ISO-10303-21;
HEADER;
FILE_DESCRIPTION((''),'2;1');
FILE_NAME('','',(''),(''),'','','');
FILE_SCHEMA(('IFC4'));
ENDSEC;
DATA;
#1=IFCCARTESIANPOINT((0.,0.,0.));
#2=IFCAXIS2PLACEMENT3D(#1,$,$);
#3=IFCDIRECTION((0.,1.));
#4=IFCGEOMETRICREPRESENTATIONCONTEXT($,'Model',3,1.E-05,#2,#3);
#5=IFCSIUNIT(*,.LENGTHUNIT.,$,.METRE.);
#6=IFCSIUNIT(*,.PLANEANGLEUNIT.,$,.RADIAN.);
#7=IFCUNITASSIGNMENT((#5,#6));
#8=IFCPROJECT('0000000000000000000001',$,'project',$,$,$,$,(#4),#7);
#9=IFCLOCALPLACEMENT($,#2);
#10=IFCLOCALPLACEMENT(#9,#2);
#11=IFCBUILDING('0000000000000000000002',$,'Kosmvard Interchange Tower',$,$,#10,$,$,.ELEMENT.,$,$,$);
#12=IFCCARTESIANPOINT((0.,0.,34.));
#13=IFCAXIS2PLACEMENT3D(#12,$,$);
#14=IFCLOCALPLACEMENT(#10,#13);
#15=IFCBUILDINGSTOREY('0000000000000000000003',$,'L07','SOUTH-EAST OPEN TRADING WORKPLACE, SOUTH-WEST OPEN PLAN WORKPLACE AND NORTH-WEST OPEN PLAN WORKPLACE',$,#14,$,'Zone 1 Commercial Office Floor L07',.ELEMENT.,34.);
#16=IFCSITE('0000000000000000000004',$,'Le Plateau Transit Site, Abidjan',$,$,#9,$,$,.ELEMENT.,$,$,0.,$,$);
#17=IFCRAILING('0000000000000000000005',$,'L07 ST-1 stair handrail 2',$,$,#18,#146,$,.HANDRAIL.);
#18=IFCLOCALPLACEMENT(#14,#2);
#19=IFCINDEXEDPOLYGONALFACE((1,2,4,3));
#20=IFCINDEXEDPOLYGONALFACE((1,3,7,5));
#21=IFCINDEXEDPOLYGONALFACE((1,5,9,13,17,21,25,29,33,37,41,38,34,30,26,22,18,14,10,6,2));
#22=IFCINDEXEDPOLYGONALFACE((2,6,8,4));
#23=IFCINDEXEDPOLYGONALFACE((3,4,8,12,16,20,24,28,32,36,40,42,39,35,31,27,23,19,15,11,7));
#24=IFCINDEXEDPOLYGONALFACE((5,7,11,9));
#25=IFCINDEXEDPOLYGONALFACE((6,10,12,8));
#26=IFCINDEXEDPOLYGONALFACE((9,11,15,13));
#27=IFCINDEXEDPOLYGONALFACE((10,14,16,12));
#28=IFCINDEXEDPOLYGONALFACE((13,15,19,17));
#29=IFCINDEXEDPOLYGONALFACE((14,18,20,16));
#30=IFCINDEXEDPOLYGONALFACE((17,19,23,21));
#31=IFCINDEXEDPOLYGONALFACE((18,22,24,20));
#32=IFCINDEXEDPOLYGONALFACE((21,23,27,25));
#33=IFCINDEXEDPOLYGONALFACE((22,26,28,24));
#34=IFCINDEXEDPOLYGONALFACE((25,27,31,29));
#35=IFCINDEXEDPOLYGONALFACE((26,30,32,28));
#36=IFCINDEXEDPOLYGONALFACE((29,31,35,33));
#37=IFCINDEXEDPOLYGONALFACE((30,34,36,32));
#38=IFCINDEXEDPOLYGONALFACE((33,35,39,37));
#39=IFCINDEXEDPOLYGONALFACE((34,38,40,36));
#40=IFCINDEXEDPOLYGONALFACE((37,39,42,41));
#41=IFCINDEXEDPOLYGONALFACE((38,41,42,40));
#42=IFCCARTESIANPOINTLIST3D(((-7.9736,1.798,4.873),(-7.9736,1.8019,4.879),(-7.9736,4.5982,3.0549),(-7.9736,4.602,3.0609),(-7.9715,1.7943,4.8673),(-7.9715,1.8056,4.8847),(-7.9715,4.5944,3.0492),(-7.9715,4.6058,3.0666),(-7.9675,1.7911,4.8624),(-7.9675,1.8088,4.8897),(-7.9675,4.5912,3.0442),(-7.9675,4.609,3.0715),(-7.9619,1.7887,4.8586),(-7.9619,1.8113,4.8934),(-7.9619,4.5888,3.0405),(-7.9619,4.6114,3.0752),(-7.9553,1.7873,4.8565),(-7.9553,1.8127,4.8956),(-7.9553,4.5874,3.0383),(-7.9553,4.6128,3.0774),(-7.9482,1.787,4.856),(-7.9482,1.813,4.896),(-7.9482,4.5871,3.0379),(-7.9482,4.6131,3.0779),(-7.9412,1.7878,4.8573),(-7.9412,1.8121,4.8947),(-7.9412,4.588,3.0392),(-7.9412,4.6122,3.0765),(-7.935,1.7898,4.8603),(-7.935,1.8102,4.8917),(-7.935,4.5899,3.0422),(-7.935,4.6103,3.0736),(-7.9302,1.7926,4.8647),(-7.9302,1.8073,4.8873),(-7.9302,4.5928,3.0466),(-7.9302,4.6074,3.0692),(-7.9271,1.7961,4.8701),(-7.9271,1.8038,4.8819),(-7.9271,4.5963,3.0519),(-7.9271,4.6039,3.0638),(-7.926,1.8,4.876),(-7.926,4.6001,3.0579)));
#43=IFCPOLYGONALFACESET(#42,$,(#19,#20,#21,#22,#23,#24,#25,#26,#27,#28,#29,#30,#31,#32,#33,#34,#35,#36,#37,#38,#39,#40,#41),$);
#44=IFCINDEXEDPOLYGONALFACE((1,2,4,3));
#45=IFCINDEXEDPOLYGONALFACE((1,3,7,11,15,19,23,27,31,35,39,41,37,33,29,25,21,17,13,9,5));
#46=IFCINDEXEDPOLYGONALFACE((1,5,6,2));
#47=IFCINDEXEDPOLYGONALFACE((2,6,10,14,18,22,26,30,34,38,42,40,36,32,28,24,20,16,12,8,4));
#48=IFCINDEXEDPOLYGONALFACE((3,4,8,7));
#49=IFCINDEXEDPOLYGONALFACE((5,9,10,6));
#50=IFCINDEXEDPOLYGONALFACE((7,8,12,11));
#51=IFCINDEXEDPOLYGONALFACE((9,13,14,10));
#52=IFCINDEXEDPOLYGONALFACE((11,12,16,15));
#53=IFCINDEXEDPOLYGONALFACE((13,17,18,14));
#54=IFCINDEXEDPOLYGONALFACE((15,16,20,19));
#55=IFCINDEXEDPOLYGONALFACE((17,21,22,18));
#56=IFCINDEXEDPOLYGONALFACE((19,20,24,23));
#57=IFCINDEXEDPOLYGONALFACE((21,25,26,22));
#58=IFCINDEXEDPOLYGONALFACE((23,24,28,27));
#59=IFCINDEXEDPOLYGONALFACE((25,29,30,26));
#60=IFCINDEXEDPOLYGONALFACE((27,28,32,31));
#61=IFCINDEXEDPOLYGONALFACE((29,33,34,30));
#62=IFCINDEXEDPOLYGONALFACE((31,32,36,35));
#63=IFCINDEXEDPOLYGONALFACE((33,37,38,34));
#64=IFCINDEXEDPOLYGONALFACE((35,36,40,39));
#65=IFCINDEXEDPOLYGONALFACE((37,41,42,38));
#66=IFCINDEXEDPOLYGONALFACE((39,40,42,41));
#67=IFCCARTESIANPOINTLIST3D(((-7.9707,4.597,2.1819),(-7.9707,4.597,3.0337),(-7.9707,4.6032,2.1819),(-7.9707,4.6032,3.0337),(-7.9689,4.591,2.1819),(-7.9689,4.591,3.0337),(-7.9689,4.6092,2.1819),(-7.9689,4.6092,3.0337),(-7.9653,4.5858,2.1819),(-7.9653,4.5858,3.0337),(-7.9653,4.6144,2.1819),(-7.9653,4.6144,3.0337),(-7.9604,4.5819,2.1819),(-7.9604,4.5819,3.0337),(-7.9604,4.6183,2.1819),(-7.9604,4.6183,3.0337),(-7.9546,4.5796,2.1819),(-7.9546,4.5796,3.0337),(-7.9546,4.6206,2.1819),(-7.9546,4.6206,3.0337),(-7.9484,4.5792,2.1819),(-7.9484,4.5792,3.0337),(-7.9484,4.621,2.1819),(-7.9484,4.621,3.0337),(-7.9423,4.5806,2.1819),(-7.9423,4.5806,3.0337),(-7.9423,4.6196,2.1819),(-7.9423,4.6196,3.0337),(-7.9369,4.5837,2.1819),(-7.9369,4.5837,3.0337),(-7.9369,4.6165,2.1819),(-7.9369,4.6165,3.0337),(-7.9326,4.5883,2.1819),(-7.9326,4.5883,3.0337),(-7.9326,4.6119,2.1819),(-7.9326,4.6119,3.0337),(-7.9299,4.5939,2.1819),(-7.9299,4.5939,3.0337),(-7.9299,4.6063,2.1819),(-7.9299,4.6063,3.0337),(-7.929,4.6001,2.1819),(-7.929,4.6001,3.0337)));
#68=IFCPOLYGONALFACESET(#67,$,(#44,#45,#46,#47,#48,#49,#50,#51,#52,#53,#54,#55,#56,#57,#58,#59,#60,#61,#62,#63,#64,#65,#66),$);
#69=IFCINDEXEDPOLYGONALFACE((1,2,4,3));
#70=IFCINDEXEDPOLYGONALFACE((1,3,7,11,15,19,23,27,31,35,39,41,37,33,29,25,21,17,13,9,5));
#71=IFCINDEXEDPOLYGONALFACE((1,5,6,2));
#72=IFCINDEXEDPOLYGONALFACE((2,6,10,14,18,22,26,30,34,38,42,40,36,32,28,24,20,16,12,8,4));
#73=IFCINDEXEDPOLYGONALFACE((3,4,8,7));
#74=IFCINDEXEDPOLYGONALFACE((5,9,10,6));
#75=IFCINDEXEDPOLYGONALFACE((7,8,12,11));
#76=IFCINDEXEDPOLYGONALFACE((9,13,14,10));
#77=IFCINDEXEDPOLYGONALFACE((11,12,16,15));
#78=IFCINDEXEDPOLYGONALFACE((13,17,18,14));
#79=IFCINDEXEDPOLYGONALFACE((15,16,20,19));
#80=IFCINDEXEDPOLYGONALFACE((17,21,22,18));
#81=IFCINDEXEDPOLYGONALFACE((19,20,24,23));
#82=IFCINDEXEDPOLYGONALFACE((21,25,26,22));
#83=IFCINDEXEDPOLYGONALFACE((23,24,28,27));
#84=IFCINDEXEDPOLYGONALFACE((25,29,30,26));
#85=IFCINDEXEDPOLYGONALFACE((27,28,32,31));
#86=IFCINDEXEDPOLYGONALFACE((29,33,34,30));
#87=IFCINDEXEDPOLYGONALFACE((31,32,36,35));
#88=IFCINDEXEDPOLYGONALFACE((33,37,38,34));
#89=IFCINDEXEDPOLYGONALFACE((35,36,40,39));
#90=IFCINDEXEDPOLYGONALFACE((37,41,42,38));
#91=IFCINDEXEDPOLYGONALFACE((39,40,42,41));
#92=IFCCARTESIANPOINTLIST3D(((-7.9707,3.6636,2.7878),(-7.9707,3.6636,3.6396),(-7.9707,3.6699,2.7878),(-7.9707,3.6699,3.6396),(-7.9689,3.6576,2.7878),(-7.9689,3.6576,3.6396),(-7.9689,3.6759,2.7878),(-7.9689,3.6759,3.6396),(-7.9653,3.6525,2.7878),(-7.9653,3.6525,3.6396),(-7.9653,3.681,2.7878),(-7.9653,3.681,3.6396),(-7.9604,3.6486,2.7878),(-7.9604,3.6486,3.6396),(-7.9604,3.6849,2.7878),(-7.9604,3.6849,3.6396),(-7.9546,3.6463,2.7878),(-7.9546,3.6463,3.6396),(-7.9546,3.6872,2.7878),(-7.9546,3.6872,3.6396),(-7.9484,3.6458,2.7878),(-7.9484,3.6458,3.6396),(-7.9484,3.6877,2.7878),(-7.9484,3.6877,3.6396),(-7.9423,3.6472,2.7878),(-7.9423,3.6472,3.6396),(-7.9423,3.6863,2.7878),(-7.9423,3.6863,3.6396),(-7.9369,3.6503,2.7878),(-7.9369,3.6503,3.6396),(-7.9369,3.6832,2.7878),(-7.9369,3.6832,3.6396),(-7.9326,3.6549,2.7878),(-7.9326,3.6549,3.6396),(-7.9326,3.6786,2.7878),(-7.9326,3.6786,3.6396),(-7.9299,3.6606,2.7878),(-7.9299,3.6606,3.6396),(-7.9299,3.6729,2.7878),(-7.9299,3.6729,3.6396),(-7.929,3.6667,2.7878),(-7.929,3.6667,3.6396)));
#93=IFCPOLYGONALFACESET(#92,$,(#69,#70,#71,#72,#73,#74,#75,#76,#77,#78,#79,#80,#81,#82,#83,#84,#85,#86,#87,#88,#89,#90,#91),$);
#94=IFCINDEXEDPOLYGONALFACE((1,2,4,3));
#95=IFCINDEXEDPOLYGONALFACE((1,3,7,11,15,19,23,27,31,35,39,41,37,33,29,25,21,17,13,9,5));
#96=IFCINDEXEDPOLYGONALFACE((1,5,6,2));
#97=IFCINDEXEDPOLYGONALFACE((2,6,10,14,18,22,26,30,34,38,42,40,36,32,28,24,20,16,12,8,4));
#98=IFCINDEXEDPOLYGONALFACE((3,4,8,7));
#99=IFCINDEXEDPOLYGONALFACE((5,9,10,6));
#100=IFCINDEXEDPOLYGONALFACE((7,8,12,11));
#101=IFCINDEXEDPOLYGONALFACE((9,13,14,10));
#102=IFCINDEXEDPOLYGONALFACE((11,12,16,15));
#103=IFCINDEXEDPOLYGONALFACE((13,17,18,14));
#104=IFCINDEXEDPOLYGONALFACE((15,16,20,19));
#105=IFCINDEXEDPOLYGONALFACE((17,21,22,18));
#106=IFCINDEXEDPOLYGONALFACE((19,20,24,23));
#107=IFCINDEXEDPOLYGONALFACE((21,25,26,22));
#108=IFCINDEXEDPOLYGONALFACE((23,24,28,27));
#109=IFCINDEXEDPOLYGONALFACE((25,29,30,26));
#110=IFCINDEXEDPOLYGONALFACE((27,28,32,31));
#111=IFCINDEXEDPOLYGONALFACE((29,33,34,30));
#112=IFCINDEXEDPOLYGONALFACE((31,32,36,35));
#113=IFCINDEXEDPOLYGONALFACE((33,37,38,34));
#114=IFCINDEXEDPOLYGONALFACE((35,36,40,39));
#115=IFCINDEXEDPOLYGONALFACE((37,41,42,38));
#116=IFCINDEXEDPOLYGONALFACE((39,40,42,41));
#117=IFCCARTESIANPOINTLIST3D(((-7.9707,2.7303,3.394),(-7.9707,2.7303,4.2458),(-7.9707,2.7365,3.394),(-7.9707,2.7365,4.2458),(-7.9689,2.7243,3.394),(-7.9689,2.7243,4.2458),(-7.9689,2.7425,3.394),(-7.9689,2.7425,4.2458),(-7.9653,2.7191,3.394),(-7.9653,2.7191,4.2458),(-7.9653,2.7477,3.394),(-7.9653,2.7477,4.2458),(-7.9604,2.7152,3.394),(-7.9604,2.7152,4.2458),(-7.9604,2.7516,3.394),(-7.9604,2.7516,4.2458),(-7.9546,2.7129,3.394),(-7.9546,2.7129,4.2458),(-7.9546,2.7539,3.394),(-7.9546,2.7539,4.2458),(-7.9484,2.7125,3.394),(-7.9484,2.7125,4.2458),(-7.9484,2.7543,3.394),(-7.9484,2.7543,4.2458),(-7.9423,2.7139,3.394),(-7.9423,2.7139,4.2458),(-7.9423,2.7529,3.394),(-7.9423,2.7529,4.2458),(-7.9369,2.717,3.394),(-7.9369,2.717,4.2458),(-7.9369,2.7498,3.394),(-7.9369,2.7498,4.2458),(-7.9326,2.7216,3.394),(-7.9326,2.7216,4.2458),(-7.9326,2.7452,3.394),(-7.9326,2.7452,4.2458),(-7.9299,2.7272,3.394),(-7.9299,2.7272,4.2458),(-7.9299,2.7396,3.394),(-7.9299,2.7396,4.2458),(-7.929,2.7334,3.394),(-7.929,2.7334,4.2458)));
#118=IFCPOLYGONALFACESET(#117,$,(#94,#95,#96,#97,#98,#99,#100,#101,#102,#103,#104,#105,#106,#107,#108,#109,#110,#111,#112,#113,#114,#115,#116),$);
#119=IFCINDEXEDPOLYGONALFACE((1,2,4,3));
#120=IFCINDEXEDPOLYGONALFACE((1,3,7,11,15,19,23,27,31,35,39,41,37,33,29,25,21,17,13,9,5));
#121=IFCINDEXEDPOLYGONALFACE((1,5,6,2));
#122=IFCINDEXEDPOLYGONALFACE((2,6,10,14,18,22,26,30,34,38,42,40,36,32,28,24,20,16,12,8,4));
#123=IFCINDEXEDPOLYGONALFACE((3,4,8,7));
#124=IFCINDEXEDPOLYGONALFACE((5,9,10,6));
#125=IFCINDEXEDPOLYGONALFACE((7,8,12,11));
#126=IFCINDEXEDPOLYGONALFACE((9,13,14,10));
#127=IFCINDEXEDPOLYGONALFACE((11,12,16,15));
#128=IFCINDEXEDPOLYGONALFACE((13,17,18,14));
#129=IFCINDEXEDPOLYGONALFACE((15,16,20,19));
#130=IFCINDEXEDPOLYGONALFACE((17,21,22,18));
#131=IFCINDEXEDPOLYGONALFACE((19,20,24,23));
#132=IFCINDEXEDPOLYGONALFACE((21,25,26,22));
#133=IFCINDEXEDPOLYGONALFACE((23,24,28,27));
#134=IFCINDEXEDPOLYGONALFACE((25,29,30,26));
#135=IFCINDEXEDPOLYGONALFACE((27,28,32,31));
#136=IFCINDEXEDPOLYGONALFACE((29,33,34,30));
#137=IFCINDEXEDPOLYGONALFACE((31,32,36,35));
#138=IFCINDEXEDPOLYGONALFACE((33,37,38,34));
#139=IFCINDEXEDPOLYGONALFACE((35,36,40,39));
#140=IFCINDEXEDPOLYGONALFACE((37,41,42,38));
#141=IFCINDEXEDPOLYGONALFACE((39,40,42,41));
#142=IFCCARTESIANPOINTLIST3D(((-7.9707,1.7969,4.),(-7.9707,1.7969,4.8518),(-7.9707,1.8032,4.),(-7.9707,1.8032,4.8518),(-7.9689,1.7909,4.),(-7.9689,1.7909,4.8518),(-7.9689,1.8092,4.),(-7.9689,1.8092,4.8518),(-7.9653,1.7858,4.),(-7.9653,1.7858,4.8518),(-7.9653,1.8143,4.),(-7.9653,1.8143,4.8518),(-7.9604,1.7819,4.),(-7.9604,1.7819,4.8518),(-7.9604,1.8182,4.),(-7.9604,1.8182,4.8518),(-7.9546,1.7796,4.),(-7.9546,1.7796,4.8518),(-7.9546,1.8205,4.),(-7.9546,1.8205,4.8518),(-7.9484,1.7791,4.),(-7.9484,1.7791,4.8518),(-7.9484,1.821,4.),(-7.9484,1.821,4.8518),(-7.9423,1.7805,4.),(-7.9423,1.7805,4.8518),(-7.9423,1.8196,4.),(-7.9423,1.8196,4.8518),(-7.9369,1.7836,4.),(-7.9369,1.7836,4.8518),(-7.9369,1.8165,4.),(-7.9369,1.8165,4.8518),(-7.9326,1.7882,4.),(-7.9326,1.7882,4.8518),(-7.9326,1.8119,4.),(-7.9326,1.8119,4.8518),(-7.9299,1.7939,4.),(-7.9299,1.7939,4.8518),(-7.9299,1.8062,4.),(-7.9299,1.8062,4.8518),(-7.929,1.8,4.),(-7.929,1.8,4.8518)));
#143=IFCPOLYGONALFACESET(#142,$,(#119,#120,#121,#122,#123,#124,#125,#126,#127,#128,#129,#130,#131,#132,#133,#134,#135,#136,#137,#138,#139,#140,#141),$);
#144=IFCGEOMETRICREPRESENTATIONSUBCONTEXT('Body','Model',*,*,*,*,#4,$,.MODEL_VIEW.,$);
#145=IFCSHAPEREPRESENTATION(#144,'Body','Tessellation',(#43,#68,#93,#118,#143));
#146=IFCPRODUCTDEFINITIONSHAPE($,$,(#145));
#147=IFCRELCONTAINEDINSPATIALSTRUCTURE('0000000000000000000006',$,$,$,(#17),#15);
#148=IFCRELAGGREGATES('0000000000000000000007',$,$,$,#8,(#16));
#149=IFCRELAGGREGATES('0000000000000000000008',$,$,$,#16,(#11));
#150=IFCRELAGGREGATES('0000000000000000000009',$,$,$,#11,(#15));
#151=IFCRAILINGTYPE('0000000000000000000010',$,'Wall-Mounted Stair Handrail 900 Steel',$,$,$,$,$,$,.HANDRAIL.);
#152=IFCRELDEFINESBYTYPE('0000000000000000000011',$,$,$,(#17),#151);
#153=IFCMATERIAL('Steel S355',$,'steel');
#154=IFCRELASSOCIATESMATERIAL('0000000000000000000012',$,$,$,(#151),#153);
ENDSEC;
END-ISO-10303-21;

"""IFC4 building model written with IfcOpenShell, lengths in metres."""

from ifc_helpers import new_model, si_unit, direction, frame, origin, origin_2d, place, context, subcontext, project, spatial, circle, extrude, source, transform, mapped, material, type_object, element, save


model = new_model("IFC4")

# Units and contexts
model_context = context("Model", 3, precision=1e-05, world=origin(), true_north=direction((0.0, 1.0)))
body_context = subcontext(model_context, "Body", "Model", "MODEL_VIEW")
ifc_project = project(units=[si_unit("LENGTHUNIT", "METRE"), si_unit("PLANEANGLEUNIT", "RADIAN")], contexts=[model_context])

# Site, building, storey
site_placement = place(None, origin())
site = spatial("IfcSite", under=ifc_project, at=site_placement, Name="Le Plateau Transit Site, Abidjan", CompositionType="ELEMENT", RefElevation=0.0)
building_placement = place(site_placement, origin())
building = spatial("IfcBuilding", under=site, at=building_placement, Name="Kosmvard Interchange Tower", CompositionType="ELEMENT")
storey_placement = place(building_placement, frame((0.0, 0.0, 34.0)))
storey = spatial("IfcBuildingStorey", under=building, at=storey_placement, Name="L07", Description="SOUTH-EAST OPEN TRADING WORKPLACE, SOUTH-WEST OPEN PLAN WORKPLACE AND NORTH-WEST OPEN PLAN WORKPLACE", LongName="Zone 1 Commercial Office Floor L07", CompositionType="ELEMENT", Elevation=34.0)

# Shared definitions
ifc_material_1 = material(Name="Steel S355", Category="steel")

# Railing
railing_type_1 = type_object("IfcRailingType", Name="Wall-Mounted Stair Handrail 900 Steel", PredefinedType="HANDRAIL", material=ifc_material_1)
shared_shape_1 = source(origin(), body_context, "Body", "SweptSolid", [
    extrude(circle(Radius=0.0239, at=origin_2d()), frame((0.0, 0.0, 0.876), z_axis=(0.0, -0.838706, 0.544585), x_axis=(1.0, 0.0, 0.0)), (0.0, 0.0, 1.0), 3.3386),
    extrude(circle(Radius=0.021, at=origin_2d()), origin(), (0.0, 0.0, 1.0), 0.8518),
    extrude(circle(Radius=0.021, at=origin_2d()), frame((0.0, -0.9333, 0.606)), (0.0, 0.0, 1.0), 0.8518),
    extrude(circle(Radius=0.021, at=origin_2d()), frame((0.0, -1.8667, 1.2122)), (0.0, 0.0, 1.0), 0.8518),
    extrude(circle(Radius=0.021, at=origin_2d()), frame((0.0, -2.8, 1.8181)), (0.0, 0.0, 1.0), 0.8518),
])
railing_1_placement = place(storey_placement, frame((-7.95, 4.6001, 2.1819)))
element("IfcRailing", 1, at=railing_1_placement, inside=storey, type_object=railing_type_1, Name="L07 ST-1 stair handrail 2", PredefinedType="HANDRAIL", context=body_context, shape_type="MappedRepresentation", body=[
    mapped(shared_shape_1, transform((0.0, 0.0, 0.0), scale=1.0)),
])

save(model, "model.ifc")
